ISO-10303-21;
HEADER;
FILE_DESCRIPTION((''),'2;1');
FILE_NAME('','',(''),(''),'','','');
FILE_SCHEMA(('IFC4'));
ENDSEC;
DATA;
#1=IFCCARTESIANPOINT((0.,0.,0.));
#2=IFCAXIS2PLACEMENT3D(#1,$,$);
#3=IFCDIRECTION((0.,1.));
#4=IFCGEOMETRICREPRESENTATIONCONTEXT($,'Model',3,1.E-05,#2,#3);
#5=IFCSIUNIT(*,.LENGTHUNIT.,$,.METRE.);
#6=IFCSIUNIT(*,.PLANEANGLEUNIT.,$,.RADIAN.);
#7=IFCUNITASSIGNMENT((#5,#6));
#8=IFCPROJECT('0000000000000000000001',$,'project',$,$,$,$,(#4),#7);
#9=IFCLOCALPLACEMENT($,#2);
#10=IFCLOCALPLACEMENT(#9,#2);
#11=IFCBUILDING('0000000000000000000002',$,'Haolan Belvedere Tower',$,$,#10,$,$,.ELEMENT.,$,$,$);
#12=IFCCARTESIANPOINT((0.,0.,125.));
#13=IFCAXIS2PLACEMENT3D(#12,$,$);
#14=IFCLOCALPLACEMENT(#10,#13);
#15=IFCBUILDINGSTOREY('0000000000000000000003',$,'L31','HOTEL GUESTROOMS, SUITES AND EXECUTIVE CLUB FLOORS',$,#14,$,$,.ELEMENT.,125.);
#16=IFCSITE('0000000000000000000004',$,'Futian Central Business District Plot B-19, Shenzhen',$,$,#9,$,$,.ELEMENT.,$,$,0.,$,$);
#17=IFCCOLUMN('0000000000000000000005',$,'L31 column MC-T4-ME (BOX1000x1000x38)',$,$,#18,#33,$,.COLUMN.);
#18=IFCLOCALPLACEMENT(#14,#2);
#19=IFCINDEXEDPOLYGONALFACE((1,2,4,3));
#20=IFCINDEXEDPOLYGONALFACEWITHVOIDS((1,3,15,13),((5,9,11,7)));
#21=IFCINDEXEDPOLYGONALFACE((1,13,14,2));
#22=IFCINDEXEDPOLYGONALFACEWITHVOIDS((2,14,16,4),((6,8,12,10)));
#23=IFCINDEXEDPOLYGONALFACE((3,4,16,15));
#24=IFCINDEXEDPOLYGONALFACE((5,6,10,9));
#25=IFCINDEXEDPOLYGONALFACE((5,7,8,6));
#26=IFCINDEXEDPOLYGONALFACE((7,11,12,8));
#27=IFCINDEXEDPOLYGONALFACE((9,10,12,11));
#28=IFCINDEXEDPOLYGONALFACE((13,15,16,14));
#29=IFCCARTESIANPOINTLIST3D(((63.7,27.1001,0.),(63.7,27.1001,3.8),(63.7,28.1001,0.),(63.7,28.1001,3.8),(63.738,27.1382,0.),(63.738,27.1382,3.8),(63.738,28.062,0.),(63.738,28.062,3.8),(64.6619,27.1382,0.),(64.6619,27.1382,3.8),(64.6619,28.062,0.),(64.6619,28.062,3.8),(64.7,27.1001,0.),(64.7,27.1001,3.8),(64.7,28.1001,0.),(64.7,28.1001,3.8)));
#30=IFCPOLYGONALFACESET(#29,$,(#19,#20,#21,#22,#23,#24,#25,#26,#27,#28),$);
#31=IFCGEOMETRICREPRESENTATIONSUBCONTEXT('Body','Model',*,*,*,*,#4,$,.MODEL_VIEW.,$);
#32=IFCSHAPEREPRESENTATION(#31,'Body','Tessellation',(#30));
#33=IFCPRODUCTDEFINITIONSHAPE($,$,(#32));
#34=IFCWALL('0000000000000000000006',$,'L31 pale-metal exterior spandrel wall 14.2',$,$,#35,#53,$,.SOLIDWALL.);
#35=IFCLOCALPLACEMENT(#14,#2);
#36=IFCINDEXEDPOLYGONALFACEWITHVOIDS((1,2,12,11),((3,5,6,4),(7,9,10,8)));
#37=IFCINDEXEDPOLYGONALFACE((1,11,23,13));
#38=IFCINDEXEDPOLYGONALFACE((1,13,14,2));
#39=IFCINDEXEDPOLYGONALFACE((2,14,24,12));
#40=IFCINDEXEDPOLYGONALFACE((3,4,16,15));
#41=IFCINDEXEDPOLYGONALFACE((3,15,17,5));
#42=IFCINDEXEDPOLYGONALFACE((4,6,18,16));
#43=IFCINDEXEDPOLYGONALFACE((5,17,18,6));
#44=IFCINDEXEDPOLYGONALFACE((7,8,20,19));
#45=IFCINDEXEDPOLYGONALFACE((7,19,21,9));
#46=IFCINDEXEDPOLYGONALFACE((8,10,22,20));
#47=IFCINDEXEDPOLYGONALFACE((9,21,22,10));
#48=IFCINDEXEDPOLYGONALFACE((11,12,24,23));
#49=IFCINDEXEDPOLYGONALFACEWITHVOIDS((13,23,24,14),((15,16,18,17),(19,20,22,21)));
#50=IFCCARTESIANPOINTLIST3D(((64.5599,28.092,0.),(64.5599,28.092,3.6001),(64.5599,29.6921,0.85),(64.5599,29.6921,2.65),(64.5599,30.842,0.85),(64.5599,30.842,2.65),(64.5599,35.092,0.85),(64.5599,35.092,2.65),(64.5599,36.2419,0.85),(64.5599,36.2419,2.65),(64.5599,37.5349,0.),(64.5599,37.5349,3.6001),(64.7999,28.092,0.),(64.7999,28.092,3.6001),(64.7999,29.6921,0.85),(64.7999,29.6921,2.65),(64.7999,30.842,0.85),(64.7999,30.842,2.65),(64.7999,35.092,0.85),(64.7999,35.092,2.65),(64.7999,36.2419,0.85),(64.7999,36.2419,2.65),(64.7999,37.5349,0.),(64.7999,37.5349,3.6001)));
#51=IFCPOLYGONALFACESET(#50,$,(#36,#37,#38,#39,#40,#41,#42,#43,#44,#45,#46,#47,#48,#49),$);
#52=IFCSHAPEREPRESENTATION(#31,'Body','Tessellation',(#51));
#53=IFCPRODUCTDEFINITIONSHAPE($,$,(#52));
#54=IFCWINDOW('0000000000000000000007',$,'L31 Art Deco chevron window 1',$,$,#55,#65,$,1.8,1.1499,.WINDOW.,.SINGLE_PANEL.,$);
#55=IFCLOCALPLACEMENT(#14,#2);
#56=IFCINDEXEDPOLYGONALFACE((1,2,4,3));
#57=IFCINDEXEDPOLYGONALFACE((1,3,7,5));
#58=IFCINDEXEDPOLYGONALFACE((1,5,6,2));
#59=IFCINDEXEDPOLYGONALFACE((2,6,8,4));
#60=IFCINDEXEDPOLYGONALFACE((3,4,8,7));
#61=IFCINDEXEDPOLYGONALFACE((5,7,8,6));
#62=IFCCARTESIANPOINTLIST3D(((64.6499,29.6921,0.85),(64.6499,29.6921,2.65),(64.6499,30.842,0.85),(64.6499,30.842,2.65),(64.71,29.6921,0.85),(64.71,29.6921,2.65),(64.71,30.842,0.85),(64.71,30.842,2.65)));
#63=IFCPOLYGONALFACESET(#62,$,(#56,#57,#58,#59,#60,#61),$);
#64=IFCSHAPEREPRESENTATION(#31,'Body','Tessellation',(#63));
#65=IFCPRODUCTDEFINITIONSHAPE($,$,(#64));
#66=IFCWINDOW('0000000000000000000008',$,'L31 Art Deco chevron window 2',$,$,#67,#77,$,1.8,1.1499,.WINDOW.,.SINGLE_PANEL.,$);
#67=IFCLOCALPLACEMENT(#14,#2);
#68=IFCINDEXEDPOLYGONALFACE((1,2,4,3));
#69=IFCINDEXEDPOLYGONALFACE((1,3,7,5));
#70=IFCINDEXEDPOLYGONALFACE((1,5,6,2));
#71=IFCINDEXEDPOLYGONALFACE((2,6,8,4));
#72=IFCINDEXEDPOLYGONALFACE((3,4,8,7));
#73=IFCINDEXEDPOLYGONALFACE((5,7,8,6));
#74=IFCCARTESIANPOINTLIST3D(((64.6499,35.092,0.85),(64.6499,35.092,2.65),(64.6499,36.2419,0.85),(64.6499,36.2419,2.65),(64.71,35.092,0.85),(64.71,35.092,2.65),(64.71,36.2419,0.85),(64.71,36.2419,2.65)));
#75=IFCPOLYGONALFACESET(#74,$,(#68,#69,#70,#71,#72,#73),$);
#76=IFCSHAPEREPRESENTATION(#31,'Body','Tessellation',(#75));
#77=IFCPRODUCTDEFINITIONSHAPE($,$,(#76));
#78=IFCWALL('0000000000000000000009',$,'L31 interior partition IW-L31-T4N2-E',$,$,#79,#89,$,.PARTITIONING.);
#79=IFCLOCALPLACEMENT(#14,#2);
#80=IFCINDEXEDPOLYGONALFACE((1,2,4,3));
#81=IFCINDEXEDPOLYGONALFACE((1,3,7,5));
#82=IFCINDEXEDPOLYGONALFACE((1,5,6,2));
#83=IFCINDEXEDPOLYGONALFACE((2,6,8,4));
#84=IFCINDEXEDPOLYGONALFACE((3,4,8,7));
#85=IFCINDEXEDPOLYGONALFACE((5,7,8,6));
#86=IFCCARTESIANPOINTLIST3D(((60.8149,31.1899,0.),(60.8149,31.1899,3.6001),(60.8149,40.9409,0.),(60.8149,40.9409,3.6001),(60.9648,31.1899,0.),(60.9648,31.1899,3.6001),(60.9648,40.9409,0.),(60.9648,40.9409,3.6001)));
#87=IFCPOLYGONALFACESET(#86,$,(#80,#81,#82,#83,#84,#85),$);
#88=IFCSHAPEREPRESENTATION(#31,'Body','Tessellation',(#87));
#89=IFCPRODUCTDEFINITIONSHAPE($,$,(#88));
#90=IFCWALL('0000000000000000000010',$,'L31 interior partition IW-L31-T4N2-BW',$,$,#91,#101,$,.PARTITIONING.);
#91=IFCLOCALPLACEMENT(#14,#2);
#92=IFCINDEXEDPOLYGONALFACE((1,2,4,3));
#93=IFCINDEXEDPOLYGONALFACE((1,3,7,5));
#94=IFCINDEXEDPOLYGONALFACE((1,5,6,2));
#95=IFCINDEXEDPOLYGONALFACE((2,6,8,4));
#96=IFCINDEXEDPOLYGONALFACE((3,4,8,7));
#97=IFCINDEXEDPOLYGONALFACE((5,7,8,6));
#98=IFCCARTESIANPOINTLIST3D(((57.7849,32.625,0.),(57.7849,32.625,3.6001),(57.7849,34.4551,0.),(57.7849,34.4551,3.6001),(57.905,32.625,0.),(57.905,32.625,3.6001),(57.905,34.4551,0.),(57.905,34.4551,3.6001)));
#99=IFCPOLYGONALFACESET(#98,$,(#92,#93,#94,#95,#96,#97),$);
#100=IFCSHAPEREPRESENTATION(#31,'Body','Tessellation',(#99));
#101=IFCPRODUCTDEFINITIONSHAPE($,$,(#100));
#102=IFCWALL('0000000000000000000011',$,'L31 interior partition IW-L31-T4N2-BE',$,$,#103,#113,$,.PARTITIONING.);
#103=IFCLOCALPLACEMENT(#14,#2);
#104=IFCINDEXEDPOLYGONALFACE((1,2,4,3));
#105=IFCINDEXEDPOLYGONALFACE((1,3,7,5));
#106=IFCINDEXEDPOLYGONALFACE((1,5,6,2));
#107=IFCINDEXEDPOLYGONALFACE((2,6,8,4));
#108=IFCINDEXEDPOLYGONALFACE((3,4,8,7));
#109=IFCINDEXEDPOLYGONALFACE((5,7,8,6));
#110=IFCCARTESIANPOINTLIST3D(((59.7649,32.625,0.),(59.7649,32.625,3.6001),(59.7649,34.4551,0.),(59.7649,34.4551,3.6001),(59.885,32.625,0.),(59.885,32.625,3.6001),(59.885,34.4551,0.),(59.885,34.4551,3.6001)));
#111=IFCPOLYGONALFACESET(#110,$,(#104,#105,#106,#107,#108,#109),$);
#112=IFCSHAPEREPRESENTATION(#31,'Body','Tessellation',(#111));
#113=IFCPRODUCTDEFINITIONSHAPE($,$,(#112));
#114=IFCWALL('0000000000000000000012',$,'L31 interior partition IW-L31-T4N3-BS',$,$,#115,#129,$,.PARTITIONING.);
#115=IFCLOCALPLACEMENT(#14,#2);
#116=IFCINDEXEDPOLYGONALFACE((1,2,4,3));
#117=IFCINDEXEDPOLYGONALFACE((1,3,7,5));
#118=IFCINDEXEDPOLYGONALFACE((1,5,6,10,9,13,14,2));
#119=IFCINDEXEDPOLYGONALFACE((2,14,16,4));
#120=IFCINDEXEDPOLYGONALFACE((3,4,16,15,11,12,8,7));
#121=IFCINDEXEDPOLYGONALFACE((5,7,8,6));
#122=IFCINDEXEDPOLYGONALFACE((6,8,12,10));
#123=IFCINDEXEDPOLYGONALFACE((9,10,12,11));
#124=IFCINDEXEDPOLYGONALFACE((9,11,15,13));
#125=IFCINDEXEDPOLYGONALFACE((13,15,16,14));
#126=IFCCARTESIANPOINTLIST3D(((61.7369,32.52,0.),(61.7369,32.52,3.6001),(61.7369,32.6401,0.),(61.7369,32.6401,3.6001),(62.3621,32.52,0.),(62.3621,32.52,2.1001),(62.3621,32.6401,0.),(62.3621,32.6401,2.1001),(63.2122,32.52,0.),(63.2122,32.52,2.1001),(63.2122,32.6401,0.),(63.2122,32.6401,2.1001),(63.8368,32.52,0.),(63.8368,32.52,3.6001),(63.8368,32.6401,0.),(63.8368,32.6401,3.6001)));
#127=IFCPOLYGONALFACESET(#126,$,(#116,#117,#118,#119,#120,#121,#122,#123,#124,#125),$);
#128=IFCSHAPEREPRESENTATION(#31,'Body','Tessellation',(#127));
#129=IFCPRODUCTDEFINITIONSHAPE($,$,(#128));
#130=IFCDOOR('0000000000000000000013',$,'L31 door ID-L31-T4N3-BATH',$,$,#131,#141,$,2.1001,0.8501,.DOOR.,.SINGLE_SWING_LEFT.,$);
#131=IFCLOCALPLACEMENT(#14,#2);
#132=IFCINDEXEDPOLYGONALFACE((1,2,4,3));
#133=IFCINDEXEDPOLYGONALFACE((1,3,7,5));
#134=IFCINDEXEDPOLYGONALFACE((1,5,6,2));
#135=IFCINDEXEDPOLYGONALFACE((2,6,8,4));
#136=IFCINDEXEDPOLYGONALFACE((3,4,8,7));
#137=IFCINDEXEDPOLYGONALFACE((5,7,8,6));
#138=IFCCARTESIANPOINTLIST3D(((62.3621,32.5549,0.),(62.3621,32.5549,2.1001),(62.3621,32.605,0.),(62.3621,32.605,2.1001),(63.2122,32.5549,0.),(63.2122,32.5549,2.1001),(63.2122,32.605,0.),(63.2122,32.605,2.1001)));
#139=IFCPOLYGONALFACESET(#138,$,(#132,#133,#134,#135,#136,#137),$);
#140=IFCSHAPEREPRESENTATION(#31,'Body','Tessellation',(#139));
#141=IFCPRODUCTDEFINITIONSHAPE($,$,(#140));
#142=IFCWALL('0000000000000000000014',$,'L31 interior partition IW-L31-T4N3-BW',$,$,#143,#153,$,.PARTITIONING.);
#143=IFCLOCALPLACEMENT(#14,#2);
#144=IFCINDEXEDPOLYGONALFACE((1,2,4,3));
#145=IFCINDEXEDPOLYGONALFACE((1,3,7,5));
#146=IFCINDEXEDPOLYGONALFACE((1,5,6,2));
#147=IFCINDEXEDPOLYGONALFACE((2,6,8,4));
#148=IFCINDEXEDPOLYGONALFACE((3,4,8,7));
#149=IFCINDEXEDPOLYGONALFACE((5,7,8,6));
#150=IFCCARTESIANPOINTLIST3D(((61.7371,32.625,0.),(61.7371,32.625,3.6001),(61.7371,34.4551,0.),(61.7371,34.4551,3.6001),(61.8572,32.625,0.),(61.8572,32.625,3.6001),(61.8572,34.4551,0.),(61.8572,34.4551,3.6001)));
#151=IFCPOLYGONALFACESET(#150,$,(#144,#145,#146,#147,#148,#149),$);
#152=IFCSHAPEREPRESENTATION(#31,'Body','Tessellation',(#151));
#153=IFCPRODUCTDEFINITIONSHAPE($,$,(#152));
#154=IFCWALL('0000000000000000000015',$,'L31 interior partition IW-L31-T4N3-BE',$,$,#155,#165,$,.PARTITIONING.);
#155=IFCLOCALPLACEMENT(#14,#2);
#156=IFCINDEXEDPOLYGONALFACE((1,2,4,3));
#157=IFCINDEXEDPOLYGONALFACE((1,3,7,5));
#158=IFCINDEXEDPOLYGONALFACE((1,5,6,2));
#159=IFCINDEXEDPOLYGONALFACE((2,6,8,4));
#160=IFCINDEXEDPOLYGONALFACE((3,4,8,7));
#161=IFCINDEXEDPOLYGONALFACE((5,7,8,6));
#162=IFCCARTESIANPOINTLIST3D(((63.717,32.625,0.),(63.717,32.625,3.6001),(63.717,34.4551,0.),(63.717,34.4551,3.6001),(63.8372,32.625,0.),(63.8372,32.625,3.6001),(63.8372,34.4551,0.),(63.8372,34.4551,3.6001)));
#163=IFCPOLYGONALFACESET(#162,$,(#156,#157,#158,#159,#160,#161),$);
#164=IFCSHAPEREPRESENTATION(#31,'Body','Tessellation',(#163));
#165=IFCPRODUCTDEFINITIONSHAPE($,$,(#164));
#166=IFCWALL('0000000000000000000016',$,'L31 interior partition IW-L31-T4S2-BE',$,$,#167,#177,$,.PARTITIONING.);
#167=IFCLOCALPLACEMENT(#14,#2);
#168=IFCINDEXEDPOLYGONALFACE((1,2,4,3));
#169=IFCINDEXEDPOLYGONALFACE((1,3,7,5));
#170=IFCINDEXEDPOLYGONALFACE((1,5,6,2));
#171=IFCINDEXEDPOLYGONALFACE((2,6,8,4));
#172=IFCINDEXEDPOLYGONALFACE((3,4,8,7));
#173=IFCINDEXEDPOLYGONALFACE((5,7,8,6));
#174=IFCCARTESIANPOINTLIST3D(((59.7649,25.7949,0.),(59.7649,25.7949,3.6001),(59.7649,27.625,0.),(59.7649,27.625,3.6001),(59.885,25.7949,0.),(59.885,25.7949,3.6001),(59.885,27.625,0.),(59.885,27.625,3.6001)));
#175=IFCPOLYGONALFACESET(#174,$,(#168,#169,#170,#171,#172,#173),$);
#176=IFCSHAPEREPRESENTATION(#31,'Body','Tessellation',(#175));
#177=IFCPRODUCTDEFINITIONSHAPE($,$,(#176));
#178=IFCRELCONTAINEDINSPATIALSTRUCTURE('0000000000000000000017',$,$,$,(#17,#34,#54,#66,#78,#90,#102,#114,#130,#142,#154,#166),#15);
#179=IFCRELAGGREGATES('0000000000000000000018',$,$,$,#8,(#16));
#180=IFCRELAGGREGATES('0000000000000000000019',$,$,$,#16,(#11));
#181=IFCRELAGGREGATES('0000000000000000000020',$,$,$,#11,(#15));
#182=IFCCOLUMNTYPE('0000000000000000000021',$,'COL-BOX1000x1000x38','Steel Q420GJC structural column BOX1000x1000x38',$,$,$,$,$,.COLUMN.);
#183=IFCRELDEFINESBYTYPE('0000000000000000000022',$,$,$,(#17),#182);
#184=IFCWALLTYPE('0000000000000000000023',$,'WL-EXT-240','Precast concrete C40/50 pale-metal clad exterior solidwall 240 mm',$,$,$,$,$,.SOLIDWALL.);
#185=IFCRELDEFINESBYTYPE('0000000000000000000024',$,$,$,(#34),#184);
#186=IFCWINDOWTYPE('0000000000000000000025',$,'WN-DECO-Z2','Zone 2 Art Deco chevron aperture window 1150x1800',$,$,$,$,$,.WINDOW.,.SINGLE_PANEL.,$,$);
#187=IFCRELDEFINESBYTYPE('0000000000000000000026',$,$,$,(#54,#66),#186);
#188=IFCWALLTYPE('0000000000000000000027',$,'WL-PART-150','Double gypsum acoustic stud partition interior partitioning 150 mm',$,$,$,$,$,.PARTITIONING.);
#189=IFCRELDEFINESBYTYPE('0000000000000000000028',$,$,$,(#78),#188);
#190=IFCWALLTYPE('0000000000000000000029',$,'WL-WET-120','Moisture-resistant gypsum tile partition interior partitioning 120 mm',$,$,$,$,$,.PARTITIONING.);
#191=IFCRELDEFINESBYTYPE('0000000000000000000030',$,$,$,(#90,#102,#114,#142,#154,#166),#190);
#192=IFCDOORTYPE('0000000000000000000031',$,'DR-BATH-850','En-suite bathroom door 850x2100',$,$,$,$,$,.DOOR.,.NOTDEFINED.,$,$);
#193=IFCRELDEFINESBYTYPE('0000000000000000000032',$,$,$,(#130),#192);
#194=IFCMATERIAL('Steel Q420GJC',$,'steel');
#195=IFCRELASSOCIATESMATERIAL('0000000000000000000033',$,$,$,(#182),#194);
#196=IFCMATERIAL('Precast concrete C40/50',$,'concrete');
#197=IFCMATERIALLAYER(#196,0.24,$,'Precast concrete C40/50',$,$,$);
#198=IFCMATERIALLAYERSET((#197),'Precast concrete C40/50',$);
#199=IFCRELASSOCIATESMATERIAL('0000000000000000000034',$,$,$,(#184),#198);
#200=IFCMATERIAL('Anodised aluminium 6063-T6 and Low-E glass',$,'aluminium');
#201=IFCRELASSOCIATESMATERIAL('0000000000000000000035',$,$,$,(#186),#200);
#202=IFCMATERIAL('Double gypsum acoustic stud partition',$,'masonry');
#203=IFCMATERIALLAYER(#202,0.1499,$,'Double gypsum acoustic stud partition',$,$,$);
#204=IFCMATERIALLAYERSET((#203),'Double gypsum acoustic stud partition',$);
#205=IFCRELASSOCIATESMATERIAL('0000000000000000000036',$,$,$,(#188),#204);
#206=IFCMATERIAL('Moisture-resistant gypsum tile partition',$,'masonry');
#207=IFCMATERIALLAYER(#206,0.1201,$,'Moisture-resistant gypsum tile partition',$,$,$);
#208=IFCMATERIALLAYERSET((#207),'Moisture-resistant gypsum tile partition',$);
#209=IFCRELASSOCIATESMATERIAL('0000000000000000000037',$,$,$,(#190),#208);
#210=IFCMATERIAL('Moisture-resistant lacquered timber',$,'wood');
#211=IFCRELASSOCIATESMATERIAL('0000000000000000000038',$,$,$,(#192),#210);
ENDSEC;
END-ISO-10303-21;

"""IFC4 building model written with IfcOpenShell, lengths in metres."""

from ifc_helpers import new_model, si_unit, direction, frame, frame_2d, origin, origin_2d, place, context, subcontext, project, spatial, rectangle, hollow_rectangle, extrude, material, layer, layer_set, material_profile, profile_set, type_object, element, fill, save


model = new_model("IFC4")

# Units and contexts
model_context = context("Model", 3, precision=1e-05, world=origin(), true_north=direction((0.0, 1.0)))
body_context = subcontext(model_context, "Body", "Model", "MODEL_VIEW")
ifc_project = project(units=[si_unit("LENGTHUNIT", "METRE"), si_unit("PLANEANGLEUNIT", "RADIAN")], contexts=[model_context])

# Site, building, storey
site_placement = place(None, origin())
site = spatial("IfcSite", under=ifc_project, at=site_placement, Name="Futian Central Business District Plot B-19, Shenzhen", CompositionType="ELEMENT", RefElevation=0.0)
building_placement = place(site_placement, origin())
building = spatial("IfcBuilding", under=site, at=building_placement, Name="Haolan Belvedere Tower", CompositionType="ELEMENT")
storey_placement = place(building_placement, frame((0.0, 0.0, 125.0)))
storey = spatial("IfcBuildingStorey", under=building, at=storey_placement, Name="L31", Description="HOTEL GUESTROOMS, SUITES AND EXECUTIVE CLUB FLOORS", CompositionType="ELEMENT", Elevation=125.0)

# Column
ifc_material_1 = material(Name="Steel Q420GJC", Category="steel")
ifc_material_profile = material_profile(ifc_material_1, hollow_rectangle(XDim=1.0, YDim=1.0, WallThickness=0.0381, at=origin_2d()), Name="Steel Q420GJC")
ifc_profile_set = profile_set([ifc_material_profile], Name="Steel Q420GJC")
column_type = type_object("IfcColumnType", Name="COL-BOX1000x1000x38", Description="Steel Q420GJC structural column BOX1000x1000x38", PredefinedType="COLUMN", material=ifc_profile_set)
column_placement = place(storey_placement, frame((64.2, 27.6001, 0.0), z_axis=(0.0, 0.0, 1.0), x_axis=(1.0, 0.0, 0.0)))
element("IfcColumn", 1, at=column_placement, inside=storey, type_object=column_type, Name="L31 column MC-T4-ME (BOX1000x1000x38)", PredefinedType="COLUMN", context=body_context, shape_type="SweptSolid", body=[
    extrude(hollow_rectangle(XDim=1.0, YDim=1.0, WallThickness=0.0381, at=origin_2d()), origin(), (0.0, 0.0, 1.0), 3.8),
])

# Wall, openings, windows
ifc_material_2 = material(Name="Precast concrete C40/50", Category="concrete")
ifc_layer_1 = layer(ifc_material_2, 0.24, Name="Precast concrete C40/50")
ifc_layer_set_1 = layer_set([ifc_layer_1], Name="Precast concrete C40/50")
wall_type_1 = type_object("IfcWallType", Name="WL-EXT-240", Description="Precast concrete C40/50 pale-metal clad exterior solidwall 240 mm", PredefinedType="SOLIDWALL", material=ifc_layer_set_1)
wall_1_placement = place(storey_placement, frame((64.6799, 28.092, 0.0), z_axis=(0.0, 0.0, 1.0), x_axis=(0.0, 1.0, 0.0)))
wall_1 = element("IfcWall", 2, at=wall_1_placement, inside=storey, type_object=wall_type_1, Name="L31 pale-metal exterior spandrel wall 14.2", PredefinedType="SOLIDWALL", context=body_context, shape_type="SweptSolid", body=[
    extrude(rectangle(XDim=9.4429, YDim=0.24, at=frame_2d((4.7214, 0.0))), origin(), (0.0, 0.0, 1.0), 3.6001),
])
opening_1_placement = place(wall_1_placement, frame((1.6001, 0.0, 0.8501)))
opening_1 = element("IfcOpeningElement", 3, at=opening_1_placement, cuts=wall_1, PredefinedType="OPENING", context=body_context, shape_type="SweptSolid", body=[
    extrude(rectangle(XDim=1.1499, YDim=1.8, at=frame_2d((0.575, 0.8999))), frame((0.0, 0.1299, 0.0), z_axis=(0.0, -1.0, 0.0), x_axis=(1.0, 0.0, 0.0)), (0.0, 0.0, 1.0), 0.26),
])
opening_2_placement = place(wall_1_placement, frame((7.0, 0.0, 0.8501)))
opening_2 = element("IfcOpeningElement", 4, at=opening_2_placement, cuts=wall_1, PredefinedType="OPENING", context=body_context, shape_type="SweptSolid", body=[
    extrude(rectangle(XDim=1.1499, YDim=1.8, at=frame_2d((0.575, 0.8999))), frame((0.0, 0.1299, 0.0), z_axis=(0.0, -1.0, 0.0), x_axis=(1.0, 0.0, 0.0)), (0.0, 0.0, 1.0), 0.26),
])
ifc_material_3 = material(Name="Anodised aluminium 6063-T6 and Low-E glass", Category="aluminium")
window_type = type_object("IfcWindowType", Name="WN-DECO-Z2", Description="Zone 2 Art Deco chevron aperture window 1150x1800", PartitioningType="SINGLE_PANEL", PredefinedType="WINDOW", material=ifc_material_3)
window_1_placement = place(opening_1_placement, origin())
window_1 = element("IfcWindow", 5, at=window_1_placement, inside=storey, type_object=window_type, Name="L31 Art Deco chevron window 1", OverallHeight=1.8, OverallWidth=1.1499, PartitioningType="SINGLE_PANEL", PredefinedType="WINDOW", context=body_context, shape_type="SweptSolid", body=[
    extrude(rectangle(XDim=1.1499, YDim=1.8, at=frame_2d((0.575, 0.8999))), frame((0.0, 0.03, 0.0), z_axis=(0.0, -1.0, 0.0), x_axis=(1.0, 0.0, 0.0)), (0.0, 0.0, 1.0), 0.0601),
])
fill(opening_1, window_1)
window_2_placement = place(opening_2_placement, origin())
window_2 = element("IfcWindow", 6, at=window_2_placement, inside=storey, type_object=window_type, Name="L31 Art Deco chevron window 2", OverallHeight=1.8, OverallWidth=1.1499, PartitioningType="SINGLE_PANEL", PredefinedType="WINDOW", context=body_context, shape_type="SweptSolid", body=[
    extrude(rectangle(XDim=1.1499, YDim=1.8, at=frame_2d((0.575, 0.8999))), frame((0.0, 0.03, 0.0), z_axis=(0.0, -1.0, 0.0), x_axis=(1.0, 0.0, 0.0)), (0.0, 0.0, 1.0), 0.0601),
])
fill(opening_2, window_2)

# Wall
ifc_material_4 = material(Name="Double gypsum acoustic stud partition", Category="masonry")
ifc_layer_2 = layer(ifc_material_4, 0.1499, Name="Double gypsum acoustic stud partition")
ifc_layer_set_2 = layer_set([ifc_layer_2], Name="Double gypsum acoustic stud partition")
wall_type_2 = type_object("IfcWallType", Name="WL-PART-150", Description="Double gypsum acoustic stud partition interior partitioning 150 mm", PredefinedType="PARTITIONING", material=ifc_layer_set_2)
wall_2_placement = place(storey_placement, frame((60.8899, 31.1899, 0.0), z_axis=(0.0, 0.0, 1.0), x_axis=(0.0, 1.0, 0.0)))
element("IfcWall", 7, at=wall_2_placement, inside=storey, type_object=wall_type_2, Name="L31 interior partition IW-L31-T4N2-E", PredefinedType="PARTITIONING", context=body_context, shape_type="SweptSolid", body=[
    extrude(rectangle(XDim=9.751, YDim=0.1499, at=frame_2d((4.8755, 0.0))), origin(), (0.0, 0.0, 1.0), 3.6001),
])

# Walls
ifc_material_5 = material(Name="Moisture-resistant gypsum tile partition", Category="masonry")
ifc_layer_3 = layer(ifc_material_5, 0.1201, Name="Moisture-resistant gypsum tile partition")
ifc_layer_set_3 = layer_set([ifc_layer_3], Name="Moisture-resistant gypsum tile partition")
wall_type_3 = type_object("IfcWallType", Name="WL-WET-120", Description="Moisture-resistant gypsum tile partition interior partitioning 120 mm", PredefinedType="PARTITIONING", material=ifc_layer_set_3)
for number, where, z_axis, x_axis, name in (
    (8, (57.845, 32.625, 0.0), (0.0, 0.0, 1.0), (0.0, 1.0, 0.0), "L31 interior partition IW-L31-T4N2-BW"),
    (9, (59.825, 32.625, 0.0), (0.0, 0.0, 1.0), (0.0, 1.0, 0.0), "L31 interior partition IW-L31-T4N2-BE"),
):
    element("IfcWall", number, at=place(storey_placement, frame(where, z_axis=z_axis, x_axis=x_axis)), inside=storey, type_object=wall_type_3, Name=name, PredefinedType="PARTITIONING", context=body_context, shape_type="SweptSolid", body=[
        extrude(rectangle(XDim=1.8301, YDim=0.1201, at=frame_2d((0.915, 0.0))), origin(), (0.0, 0.0, 1.0), 3.6001),
    ])

# Wall, opening, door
wall_3_placement = place(storey_placement, frame((61.7371, 32.5801, 0.0), z_axis=(0.0, 0.0, 1.0), x_axis=(1.0, 0.0, 0.0)))
wall_3 = element("IfcWall", 10, at=wall_3_placement, inside=storey, type_object=wall_type_3, Name="L31 interior partition IW-L31-T4N3-BS", PredefinedType="PARTITIONING", context=body_context, shape_type="SweptSolid", body=[
    extrude(rectangle(XDim=2.0999, YDim=0.1201, at=frame_2d((1.0498, 0.0))), origin(), (0.0, 0.0, 1.0), 3.6001),
])
opening_3_placement = place(wall_3_placement, frame((0.625, 0.0, 0.0)))
opening_3 = element("IfcOpeningElement", 11, at=opening_3_placement, cuts=wall_3, PredefinedType="OPENING", context=body_context, shape_type="SweptSolid", body=[
    extrude(rectangle(XDim=0.8501, YDim=2.1001, at=frame_2d((0.425, 1.05))), frame((0.0, 0.0701, 0.0), z_axis=(0.0, -1.0, 0.0), x_axis=(1.0, 0.0, 0.0)), (0.0, 0.0, 1.0), 0.1401),
])
ifc_material_6 = material(Name="Moisture-resistant lacquered timber", Category="wood")
door_type_1 = type_object("IfcDoorType", Name="DR-BATH-850", Description="En-suite bathroom door 850x2100", OperationType="NOTDEFINED", PredefinedType="DOOR", material=ifc_material_6)
door_1_placement = place(opening_3_placement, origin())
door_1 = element("IfcDoor", 12, at=door_1_placement, inside=storey, type_object=door_type_1, Name="L31 door ID-L31-T4N3-BATH", OperationType="SINGLE_SWING_LEFT", OverallHeight=2.1001, OverallWidth=0.8501, PredefinedType="DOOR", context=body_context, shape_type="SweptSolid", body=[
    extrude(rectangle(XDim=0.8501, YDim=2.1001, at=frame_2d((0.425, 1.05))), frame((0.0, 0.0249, 0.0), z_axis=(0.0, -1.0, 0.0), x_axis=(1.0, 0.0, 0.0)), (0.0, 0.0, 1.0), 0.05),
])
fill(opening_3, door_1)

# Walls
for number, where, z_axis, x_axis, name in (
    (13, (61.7971, 32.625, 0.0), (0.0, 0.0, 1.0), (0.0, 1.0, 0.0), "L31 interior partition IW-L31-T4N3-BW"),
    (14, (63.7771, 32.625, 0.0), (0.0, 0.0, 1.0), (0.0, 1.0, 0.0), "L31 interior partition IW-L31-T4N3-BE"),
    (15, (59.825, 25.7949, 0.0), (0.0, 0.0, 1.0), (0.0, 1.0, 0.0), "L31 interior partition IW-L31-T4S2-BE"),
):
    element("IfcWall", number, at=place(storey_placement, frame(where, z_axis=z_axis, x_axis=x_axis)), inside=storey, type_object=wall_type_3, Name=name, PredefinedType="PARTITIONING", context=body_context, shape_type="SweptSolid", body=[
        extrude(rectangle(XDim=1.8301, YDim=0.1201, at=frame_2d((0.915, 0.0))), origin(), (0.0, 0.0, 1.0), 3.6001),
    ])

save(model, "model.ifc")
